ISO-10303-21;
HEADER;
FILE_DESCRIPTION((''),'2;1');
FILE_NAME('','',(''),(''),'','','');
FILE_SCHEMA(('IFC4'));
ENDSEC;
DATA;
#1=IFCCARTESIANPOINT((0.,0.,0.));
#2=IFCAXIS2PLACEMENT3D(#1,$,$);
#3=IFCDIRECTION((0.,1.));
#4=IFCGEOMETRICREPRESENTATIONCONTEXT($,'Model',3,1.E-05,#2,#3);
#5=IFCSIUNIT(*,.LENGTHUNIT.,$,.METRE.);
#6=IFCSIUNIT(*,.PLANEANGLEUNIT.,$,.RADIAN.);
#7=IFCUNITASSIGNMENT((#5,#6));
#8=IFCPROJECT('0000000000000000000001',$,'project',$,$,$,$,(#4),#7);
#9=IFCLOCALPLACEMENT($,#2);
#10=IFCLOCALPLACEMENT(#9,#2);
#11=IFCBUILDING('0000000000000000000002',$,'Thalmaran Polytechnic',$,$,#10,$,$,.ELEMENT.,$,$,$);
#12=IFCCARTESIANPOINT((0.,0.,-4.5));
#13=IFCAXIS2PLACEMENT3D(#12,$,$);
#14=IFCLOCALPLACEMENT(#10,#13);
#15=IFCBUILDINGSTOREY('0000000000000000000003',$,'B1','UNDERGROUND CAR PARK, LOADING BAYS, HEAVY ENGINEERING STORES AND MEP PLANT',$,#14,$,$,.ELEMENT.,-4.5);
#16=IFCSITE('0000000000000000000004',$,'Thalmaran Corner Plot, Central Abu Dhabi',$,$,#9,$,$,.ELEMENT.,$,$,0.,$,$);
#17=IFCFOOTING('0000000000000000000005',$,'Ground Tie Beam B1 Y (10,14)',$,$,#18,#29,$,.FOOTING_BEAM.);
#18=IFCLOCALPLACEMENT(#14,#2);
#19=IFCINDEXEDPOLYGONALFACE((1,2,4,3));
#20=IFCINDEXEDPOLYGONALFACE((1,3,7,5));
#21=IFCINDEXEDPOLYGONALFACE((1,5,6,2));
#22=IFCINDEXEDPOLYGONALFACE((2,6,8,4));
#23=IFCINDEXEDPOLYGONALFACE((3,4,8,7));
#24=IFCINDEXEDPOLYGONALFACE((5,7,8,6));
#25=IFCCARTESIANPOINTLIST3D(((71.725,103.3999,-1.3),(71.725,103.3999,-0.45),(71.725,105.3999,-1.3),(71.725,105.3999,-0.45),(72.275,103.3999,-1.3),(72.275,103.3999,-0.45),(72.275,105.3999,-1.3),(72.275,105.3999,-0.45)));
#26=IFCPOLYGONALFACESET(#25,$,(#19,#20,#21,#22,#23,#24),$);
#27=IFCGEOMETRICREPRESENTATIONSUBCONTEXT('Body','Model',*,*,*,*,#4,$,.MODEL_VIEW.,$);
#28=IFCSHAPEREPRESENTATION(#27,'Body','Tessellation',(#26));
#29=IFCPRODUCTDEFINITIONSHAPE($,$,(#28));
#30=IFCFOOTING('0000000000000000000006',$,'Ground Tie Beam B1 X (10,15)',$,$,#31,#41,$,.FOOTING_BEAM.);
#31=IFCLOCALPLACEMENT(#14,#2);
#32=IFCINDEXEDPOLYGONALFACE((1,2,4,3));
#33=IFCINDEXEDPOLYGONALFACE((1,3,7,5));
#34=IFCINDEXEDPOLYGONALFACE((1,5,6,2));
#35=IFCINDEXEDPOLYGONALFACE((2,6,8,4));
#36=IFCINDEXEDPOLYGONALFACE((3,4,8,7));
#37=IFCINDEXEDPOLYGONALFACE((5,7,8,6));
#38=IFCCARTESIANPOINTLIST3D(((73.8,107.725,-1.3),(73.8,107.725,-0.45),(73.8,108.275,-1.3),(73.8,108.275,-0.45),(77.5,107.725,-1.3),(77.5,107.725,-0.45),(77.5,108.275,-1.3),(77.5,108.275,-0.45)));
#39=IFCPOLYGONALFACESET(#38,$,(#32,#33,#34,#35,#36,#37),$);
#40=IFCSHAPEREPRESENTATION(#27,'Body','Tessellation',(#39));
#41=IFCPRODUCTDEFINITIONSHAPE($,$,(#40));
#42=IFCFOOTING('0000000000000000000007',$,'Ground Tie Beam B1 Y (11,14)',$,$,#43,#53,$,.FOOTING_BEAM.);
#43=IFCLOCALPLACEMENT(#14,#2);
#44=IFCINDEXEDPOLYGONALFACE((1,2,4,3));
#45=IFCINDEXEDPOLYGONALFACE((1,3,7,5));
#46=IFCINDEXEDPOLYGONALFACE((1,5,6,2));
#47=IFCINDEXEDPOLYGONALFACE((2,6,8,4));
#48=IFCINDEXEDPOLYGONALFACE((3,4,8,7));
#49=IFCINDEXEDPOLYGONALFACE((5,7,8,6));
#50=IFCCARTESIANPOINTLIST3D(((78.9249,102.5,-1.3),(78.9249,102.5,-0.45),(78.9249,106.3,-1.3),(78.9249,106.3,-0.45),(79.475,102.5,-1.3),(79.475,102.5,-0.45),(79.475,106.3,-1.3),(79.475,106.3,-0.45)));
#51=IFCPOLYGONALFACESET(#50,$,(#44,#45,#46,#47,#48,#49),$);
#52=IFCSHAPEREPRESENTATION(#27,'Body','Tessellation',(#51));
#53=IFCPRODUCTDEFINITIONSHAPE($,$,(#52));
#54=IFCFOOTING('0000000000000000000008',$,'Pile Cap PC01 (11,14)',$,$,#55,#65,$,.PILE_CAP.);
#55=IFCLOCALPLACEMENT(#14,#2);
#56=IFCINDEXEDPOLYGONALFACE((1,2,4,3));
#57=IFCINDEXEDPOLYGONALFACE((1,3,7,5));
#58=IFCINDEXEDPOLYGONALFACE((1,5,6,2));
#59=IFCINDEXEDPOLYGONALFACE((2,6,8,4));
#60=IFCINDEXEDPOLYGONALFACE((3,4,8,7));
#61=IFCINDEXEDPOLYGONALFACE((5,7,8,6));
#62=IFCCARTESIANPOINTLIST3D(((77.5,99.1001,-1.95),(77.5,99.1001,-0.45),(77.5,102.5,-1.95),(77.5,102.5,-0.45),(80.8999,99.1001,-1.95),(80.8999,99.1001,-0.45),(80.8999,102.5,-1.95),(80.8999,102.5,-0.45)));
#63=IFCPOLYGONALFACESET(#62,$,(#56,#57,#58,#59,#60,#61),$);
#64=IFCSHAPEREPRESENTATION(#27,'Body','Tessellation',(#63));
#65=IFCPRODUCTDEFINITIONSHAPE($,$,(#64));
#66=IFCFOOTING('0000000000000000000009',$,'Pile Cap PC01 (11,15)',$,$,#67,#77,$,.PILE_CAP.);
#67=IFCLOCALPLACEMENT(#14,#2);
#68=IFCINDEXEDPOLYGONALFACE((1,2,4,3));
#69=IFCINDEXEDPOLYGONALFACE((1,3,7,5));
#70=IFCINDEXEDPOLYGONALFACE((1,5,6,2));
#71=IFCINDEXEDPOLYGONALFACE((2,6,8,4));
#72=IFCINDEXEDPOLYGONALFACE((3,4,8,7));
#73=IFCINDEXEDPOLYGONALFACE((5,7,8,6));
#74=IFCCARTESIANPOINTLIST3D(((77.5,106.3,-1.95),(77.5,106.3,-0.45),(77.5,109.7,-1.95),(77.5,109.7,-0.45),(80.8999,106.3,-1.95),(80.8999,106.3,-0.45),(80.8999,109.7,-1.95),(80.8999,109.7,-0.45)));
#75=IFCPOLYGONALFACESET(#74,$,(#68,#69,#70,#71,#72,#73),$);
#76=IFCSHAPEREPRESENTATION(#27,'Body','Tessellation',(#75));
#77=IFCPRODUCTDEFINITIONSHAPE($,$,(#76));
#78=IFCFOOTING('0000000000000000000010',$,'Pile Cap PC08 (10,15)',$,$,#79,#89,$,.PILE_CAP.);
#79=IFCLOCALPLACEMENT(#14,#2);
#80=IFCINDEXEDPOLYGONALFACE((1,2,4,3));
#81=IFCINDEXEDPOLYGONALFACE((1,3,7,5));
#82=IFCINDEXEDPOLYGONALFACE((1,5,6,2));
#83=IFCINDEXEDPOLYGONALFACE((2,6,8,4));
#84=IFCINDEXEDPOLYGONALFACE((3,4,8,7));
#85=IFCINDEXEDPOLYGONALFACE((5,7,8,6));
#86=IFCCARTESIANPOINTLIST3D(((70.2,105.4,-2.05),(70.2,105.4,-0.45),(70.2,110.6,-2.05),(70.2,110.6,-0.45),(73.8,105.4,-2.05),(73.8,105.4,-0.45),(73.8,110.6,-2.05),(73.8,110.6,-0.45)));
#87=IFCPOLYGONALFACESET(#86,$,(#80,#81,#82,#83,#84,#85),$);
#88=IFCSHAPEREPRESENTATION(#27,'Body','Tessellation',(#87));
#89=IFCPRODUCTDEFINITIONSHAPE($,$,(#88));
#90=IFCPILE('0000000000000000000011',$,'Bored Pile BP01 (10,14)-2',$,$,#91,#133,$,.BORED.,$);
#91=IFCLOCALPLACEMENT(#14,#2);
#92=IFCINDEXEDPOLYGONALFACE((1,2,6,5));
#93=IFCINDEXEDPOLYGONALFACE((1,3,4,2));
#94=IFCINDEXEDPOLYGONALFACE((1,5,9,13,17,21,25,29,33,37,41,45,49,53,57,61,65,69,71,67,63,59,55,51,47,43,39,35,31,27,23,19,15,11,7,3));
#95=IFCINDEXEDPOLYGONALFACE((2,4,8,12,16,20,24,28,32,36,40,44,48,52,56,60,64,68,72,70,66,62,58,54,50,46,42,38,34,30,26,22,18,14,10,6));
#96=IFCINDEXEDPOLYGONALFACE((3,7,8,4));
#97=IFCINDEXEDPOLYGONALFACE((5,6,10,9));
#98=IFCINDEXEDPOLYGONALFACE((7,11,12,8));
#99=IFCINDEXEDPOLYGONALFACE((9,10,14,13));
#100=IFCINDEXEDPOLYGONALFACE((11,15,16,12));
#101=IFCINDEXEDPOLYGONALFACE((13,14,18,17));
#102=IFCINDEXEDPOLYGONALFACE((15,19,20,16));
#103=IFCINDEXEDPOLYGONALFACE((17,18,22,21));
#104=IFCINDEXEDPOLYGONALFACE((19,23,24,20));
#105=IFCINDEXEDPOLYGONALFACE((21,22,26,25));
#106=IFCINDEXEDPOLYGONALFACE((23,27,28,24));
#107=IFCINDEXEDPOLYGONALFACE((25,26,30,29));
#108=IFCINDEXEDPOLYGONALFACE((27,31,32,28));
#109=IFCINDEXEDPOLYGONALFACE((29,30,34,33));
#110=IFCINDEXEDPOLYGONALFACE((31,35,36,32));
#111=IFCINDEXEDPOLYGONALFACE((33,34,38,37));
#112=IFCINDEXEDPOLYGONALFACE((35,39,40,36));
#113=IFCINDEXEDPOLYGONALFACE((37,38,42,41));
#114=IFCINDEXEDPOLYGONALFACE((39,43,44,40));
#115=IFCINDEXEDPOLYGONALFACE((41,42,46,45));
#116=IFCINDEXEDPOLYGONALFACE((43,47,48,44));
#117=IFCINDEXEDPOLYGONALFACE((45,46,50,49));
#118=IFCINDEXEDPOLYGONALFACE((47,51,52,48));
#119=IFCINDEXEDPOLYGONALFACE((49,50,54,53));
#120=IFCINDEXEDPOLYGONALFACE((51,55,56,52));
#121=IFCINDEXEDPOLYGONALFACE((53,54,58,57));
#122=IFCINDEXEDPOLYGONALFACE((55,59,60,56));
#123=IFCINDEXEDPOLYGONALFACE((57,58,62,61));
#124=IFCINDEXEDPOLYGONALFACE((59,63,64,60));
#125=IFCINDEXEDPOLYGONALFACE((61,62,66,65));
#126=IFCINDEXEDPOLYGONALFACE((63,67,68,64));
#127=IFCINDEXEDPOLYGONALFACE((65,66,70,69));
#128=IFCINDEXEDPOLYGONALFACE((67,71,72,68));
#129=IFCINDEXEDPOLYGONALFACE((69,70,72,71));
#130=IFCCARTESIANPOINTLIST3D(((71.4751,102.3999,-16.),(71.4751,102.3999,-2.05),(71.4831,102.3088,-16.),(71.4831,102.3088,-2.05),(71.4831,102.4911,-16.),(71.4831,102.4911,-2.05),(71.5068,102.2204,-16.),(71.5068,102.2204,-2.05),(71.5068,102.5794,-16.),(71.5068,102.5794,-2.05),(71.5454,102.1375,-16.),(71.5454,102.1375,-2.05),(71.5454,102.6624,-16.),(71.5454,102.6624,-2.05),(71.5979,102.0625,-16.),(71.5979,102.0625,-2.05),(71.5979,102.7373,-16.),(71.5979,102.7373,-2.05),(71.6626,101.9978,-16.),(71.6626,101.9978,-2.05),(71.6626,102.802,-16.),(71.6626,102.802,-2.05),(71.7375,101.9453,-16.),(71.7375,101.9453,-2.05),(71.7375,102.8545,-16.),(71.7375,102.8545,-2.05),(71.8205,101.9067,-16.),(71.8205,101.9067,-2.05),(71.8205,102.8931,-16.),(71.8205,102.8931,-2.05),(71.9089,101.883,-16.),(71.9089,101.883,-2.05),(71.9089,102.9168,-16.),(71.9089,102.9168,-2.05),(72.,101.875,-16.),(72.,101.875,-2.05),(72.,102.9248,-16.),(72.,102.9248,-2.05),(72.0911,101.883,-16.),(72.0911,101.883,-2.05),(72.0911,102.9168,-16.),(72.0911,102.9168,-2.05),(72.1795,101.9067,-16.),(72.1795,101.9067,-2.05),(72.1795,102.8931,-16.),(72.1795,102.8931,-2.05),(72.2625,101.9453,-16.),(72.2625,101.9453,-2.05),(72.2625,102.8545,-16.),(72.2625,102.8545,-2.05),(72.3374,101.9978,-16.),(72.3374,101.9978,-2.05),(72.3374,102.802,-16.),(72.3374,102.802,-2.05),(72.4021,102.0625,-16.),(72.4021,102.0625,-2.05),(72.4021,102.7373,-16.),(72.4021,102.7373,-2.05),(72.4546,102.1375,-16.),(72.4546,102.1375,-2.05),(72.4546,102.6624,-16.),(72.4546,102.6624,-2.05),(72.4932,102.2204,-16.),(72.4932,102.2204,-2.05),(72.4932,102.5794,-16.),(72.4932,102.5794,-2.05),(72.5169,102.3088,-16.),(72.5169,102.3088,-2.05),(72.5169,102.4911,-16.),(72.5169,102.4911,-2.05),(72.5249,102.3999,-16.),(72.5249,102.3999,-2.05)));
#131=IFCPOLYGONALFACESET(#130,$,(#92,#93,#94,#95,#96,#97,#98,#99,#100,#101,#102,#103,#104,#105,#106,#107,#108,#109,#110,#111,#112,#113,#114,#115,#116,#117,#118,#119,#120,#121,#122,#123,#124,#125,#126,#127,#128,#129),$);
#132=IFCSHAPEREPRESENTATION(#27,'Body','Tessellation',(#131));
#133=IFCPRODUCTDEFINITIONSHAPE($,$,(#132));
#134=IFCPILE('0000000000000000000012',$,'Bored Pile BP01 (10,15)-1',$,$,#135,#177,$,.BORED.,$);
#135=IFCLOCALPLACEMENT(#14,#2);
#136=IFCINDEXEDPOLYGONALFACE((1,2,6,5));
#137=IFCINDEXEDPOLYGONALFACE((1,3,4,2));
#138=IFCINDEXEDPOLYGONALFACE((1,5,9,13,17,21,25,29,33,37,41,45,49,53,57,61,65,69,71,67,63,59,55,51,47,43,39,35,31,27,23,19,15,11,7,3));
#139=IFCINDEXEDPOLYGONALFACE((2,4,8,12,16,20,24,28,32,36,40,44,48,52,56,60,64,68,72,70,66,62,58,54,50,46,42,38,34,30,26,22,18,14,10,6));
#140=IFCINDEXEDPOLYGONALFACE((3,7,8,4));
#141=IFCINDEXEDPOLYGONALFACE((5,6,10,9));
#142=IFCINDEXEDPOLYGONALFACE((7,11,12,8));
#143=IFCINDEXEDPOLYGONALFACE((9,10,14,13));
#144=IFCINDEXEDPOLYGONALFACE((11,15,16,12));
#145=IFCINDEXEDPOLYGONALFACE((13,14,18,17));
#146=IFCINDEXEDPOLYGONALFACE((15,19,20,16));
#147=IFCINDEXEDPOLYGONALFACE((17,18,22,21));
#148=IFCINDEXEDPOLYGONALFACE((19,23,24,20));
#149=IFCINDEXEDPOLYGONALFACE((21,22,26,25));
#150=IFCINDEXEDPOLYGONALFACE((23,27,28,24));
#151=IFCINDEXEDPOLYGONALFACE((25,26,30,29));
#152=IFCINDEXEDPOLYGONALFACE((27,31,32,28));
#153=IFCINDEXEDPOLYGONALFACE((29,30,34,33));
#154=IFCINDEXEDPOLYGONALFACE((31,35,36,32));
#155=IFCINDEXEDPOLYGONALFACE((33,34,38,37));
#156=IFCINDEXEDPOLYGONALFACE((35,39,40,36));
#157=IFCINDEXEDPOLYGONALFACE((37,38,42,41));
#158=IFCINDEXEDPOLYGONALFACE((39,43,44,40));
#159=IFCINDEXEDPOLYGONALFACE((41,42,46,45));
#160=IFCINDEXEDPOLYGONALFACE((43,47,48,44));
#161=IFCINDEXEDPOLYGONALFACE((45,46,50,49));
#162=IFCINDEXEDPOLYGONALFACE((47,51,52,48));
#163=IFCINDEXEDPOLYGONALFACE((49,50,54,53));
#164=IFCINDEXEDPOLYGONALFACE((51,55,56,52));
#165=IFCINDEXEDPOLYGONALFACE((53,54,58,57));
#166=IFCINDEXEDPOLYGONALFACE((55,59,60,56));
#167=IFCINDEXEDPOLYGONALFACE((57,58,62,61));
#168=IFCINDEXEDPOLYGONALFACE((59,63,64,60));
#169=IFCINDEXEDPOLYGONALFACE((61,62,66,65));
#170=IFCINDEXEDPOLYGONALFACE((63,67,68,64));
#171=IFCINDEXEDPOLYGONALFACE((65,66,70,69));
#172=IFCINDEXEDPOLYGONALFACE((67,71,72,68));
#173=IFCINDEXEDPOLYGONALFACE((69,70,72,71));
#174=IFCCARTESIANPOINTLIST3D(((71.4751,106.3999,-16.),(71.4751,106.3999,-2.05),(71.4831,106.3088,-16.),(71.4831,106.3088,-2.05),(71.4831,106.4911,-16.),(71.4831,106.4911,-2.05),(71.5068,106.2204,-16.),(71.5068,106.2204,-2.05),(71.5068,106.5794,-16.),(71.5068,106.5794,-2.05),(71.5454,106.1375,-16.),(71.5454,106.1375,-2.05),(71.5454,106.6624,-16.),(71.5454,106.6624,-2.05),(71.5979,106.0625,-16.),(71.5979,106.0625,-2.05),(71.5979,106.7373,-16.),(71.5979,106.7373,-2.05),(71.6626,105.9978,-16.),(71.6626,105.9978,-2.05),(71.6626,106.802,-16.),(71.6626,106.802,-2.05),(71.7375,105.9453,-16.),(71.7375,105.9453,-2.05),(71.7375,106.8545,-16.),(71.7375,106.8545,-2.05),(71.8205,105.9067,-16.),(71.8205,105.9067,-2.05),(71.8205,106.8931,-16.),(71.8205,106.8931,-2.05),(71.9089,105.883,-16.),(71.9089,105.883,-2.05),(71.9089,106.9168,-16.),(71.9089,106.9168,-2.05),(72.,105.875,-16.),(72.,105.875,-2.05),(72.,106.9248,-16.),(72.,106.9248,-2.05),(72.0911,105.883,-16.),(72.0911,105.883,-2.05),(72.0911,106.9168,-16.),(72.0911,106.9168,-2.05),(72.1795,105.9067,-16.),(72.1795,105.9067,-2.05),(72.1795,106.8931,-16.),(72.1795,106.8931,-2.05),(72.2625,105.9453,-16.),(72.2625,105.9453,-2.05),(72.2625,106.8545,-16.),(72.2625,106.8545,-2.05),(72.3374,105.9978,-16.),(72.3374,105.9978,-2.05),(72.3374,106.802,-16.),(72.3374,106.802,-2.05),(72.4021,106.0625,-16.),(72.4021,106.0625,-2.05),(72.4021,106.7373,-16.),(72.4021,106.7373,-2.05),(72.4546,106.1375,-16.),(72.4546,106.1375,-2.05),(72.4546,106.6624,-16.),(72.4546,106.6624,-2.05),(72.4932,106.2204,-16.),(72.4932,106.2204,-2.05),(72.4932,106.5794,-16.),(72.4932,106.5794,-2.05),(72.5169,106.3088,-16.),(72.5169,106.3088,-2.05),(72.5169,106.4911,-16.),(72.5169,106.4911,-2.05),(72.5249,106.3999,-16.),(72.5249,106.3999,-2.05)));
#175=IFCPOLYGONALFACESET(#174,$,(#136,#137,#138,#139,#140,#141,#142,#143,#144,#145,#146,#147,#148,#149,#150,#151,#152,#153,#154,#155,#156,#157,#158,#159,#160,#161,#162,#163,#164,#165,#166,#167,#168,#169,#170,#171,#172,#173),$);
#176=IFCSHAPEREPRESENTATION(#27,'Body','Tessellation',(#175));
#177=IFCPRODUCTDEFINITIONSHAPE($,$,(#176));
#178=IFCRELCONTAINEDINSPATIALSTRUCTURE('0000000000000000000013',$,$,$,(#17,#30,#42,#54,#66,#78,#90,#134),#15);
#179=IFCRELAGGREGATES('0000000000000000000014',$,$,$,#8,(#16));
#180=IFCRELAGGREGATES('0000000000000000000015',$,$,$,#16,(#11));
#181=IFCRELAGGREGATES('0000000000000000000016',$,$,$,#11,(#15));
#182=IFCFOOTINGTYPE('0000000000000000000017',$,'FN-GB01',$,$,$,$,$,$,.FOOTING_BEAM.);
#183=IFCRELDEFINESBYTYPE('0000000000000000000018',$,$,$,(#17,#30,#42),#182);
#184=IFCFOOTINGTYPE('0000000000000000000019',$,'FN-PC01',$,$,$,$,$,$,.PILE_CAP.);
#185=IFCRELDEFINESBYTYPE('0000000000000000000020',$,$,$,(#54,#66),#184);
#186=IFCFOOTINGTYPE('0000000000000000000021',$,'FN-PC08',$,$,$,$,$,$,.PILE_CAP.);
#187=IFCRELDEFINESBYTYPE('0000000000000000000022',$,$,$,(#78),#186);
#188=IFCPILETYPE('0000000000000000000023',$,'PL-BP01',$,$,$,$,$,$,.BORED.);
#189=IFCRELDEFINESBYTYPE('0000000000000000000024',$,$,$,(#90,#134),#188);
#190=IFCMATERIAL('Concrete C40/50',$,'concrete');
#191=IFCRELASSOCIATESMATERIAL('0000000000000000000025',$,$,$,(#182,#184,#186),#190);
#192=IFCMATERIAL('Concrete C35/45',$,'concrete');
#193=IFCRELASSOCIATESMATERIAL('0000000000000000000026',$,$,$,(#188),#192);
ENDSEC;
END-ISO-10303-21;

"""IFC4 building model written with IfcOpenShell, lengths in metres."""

from ifc_helpers import new_model, si_unit, direction, frame, origin, origin_2d, place, context, subcontext, project, spatial, rectangle, circle, extrude, material, material_profile, profile_set, type_object, element, save


model = new_model("IFC4")

# Units and contexts
model_context = context("Model", 3, precision=1e-05, world=origin(), true_north=direction((0.0, 1.0)))
body_context = subcontext(model_context, "Body", "Model", "MODEL_VIEW")
ifc_project = project(units=[si_unit("LENGTHUNIT", "METRE"), si_unit("PLANEANGLEUNIT", "RADIAN")], contexts=[model_context])

# Site, building, storey
site_placement = place(None, origin())
site = spatial("IfcSite", under=ifc_project, at=site_placement, Name="Thalmaran Corner Plot, Central Abu Dhabi", CompositionType="ELEMENT", RefElevation=0.0)
building_placement = place(site_placement, origin())
building = spatial("IfcBuilding", under=site, at=building_placement, Name="Thalmaran Polytechnic", CompositionType="ELEMENT")
storey_placement = place(building_placement, frame((0.0, 0.0, -4.5)))
storey = spatial("IfcBuildingStorey", under=building, at=storey_placement, Name="B1", Description="UNDERGROUND CAR PARK, LOADING BAYS, HEAVY ENGINEERING STORES AND MEP PLANT", CompositionType="ELEMENT", Elevation=-4.5)

# Footings
ifc_material_1 = material(Name="Concrete C40/50", Category="concrete")
ifc_material_profile_1 = material_profile(ifc_material_1, rectangle(XDim=0.55, YDim=0.8501, at=origin_2d()), Name="RC 550x850")
ifc_profile_set_1 = profile_set([ifc_material_profile_1], Name="Concrete C40/50")
footing_type_1 = type_object("IfcFootingType", Name="FN-GB01", PredefinedType="FOOTING_BEAM", material=ifc_profile_set_1)
footing_1_placement = place(storey_placement, frame((72.0, 103.3999, -0.875), z_axis=(0.0, 1.0, 0.0), x_axis=(-1.0, 0.0, 0.0)))
element("IfcFooting", 1, at=footing_1_placement, inside=storey, type_object=footing_type_1, Name="Ground Tie Beam B1 Y (10,14)", PredefinedType="FOOTING_BEAM", context=body_context, shape_type="SweptSolid", body=[
    extrude(rectangle(XDim=0.55, YDim=0.8501, at=origin_2d()), origin(), (0.0, 0.0, 1.0), 2.0),
])
footing_2_placement = place(storey_placement, frame((73.8, 108.0, -0.875), z_axis=(1.0, 0.0, 0.0), x_axis=(0.0, 1.0, 0.0)))
element("IfcFooting", 2, at=footing_2_placement, inside=storey, type_object=footing_type_1, Name="Ground Tie Beam B1 X (10,15)", PredefinedType="FOOTING_BEAM", context=body_context, shape_type="SweptSolid", body=[
    extrude(rectangle(XDim=0.55, YDim=0.8501, at=origin_2d()), origin(), (0.0, 0.0, 1.0), 3.7),
])
footing_3_placement = place(storey_placement, frame((79.2, 102.5, -0.875), z_axis=(0.0, 1.0, 0.0), x_axis=(-1.0, 0.0, 0.0)))
element("IfcFooting", 3, at=footing_3_placement, inside=storey, type_object=footing_type_1, Name="Ground Tie Beam B1 Y (11,14)", PredefinedType="FOOTING_BEAM", context=body_context, shape_type="SweptSolid", body=[
    extrude(rectangle(XDim=0.55, YDim=0.8501, at=origin_2d()), origin(), (0.0, 0.0, 1.0), 3.8),
])
footing_type_2 = type_object("IfcFootingType", Name="FN-PC01", PredefinedType="PILE_CAP", material=ifc_material_1)
for number, where, z_axis, x_axis, name in (
    (4, (79.2, 100.8, -1.95), (0.0, 0.0, 1.0), (1.0, 0.0, 0.0), "Pile Cap PC01 (11,14)"),
    (5, (79.2, 108.0, -1.95), (0.0, 0.0, 1.0), (1.0, 0.0, 0.0), "Pile Cap PC01 (11,15)"),
):
    element("IfcFooting", number, at=place(storey_placement, frame(where, z_axis=z_axis, x_axis=x_axis)), inside=storey, type_object=footing_type_2, Name=name, PredefinedType="PILE_CAP", context=body_context, shape_type="SweptSolid", body=[
        extrude(rectangle(XDim=3.3999, YDim=3.3999, at=origin_2d()), origin(), (0.0, 0.0, 1.0), 1.5),
    ])
footing_type_3 = type_object("IfcFootingType", Name="FN-PC08", PredefinedType="PILE_CAP", material=ifc_material_1)
footing_4_placement = place(storey_placement, frame((72.0, 108.0, -2.05), z_axis=(0.0, 0.0, 1.0), x_axis=(1.0, 0.0, 0.0)))
element("IfcFooting", 6, at=footing_4_placement, inside=storey, type_object=footing_type_3, Name="Pile Cap PC08 (10,15)", PredefinedType="PILE_CAP", context=body_context, shape_type="SweptSolid", body=[
    extrude(rectangle(XDim=3.6001, YDim=5.2, at=origin_2d()), origin(), (0.0, 0.0, 1.0), 1.6001),
])

# Piles
ifc_material_2 = material(Name="Concrete C35/45", Category="concrete")
ifc_material_profile_2 = material_profile(ifc_material_2, circle(Radius=0.5249, at=origin_2d()), Name="RC 1050 DIA")
ifc_profile_set_2 = profile_set([ifc_material_profile_2], Name="Concrete C35/45")
pile_type_1 = type_object("IfcPileType", Name="PL-BP01", PredefinedType="BORED", material=ifc_profile_set_2)
for number, where, z_axis, x_axis, name in (
    (7, (72.0, 102.3999, -2.05), (0.0, 0.0, -1.0), (1.0, 0.0, 0.0), "Bored Pile BP01 (10,14)-2"),
    (8, (72.0, 106.3999, -2.05), (0.0, 0.0, -1.0), (1.0, 0.0, 0.0), "Bored Pile BP01 (10,15)-1"),
):
    element("IfcPile", number, at=place(storey_placement, frame(where, z_axis=z_axis, x_axis=x_axis)), inside=storey, type_object=pile_type_1, Name=name, PredefinedType="BORED", context=body_context, shape_type="SweptSolid", body=[
        extrude(circle(Radius=0.5249, at=origin_2d()), origin(), (0.0, 0.0, 1.0), 13.95),
    ])

save(model, "model.ifc")
